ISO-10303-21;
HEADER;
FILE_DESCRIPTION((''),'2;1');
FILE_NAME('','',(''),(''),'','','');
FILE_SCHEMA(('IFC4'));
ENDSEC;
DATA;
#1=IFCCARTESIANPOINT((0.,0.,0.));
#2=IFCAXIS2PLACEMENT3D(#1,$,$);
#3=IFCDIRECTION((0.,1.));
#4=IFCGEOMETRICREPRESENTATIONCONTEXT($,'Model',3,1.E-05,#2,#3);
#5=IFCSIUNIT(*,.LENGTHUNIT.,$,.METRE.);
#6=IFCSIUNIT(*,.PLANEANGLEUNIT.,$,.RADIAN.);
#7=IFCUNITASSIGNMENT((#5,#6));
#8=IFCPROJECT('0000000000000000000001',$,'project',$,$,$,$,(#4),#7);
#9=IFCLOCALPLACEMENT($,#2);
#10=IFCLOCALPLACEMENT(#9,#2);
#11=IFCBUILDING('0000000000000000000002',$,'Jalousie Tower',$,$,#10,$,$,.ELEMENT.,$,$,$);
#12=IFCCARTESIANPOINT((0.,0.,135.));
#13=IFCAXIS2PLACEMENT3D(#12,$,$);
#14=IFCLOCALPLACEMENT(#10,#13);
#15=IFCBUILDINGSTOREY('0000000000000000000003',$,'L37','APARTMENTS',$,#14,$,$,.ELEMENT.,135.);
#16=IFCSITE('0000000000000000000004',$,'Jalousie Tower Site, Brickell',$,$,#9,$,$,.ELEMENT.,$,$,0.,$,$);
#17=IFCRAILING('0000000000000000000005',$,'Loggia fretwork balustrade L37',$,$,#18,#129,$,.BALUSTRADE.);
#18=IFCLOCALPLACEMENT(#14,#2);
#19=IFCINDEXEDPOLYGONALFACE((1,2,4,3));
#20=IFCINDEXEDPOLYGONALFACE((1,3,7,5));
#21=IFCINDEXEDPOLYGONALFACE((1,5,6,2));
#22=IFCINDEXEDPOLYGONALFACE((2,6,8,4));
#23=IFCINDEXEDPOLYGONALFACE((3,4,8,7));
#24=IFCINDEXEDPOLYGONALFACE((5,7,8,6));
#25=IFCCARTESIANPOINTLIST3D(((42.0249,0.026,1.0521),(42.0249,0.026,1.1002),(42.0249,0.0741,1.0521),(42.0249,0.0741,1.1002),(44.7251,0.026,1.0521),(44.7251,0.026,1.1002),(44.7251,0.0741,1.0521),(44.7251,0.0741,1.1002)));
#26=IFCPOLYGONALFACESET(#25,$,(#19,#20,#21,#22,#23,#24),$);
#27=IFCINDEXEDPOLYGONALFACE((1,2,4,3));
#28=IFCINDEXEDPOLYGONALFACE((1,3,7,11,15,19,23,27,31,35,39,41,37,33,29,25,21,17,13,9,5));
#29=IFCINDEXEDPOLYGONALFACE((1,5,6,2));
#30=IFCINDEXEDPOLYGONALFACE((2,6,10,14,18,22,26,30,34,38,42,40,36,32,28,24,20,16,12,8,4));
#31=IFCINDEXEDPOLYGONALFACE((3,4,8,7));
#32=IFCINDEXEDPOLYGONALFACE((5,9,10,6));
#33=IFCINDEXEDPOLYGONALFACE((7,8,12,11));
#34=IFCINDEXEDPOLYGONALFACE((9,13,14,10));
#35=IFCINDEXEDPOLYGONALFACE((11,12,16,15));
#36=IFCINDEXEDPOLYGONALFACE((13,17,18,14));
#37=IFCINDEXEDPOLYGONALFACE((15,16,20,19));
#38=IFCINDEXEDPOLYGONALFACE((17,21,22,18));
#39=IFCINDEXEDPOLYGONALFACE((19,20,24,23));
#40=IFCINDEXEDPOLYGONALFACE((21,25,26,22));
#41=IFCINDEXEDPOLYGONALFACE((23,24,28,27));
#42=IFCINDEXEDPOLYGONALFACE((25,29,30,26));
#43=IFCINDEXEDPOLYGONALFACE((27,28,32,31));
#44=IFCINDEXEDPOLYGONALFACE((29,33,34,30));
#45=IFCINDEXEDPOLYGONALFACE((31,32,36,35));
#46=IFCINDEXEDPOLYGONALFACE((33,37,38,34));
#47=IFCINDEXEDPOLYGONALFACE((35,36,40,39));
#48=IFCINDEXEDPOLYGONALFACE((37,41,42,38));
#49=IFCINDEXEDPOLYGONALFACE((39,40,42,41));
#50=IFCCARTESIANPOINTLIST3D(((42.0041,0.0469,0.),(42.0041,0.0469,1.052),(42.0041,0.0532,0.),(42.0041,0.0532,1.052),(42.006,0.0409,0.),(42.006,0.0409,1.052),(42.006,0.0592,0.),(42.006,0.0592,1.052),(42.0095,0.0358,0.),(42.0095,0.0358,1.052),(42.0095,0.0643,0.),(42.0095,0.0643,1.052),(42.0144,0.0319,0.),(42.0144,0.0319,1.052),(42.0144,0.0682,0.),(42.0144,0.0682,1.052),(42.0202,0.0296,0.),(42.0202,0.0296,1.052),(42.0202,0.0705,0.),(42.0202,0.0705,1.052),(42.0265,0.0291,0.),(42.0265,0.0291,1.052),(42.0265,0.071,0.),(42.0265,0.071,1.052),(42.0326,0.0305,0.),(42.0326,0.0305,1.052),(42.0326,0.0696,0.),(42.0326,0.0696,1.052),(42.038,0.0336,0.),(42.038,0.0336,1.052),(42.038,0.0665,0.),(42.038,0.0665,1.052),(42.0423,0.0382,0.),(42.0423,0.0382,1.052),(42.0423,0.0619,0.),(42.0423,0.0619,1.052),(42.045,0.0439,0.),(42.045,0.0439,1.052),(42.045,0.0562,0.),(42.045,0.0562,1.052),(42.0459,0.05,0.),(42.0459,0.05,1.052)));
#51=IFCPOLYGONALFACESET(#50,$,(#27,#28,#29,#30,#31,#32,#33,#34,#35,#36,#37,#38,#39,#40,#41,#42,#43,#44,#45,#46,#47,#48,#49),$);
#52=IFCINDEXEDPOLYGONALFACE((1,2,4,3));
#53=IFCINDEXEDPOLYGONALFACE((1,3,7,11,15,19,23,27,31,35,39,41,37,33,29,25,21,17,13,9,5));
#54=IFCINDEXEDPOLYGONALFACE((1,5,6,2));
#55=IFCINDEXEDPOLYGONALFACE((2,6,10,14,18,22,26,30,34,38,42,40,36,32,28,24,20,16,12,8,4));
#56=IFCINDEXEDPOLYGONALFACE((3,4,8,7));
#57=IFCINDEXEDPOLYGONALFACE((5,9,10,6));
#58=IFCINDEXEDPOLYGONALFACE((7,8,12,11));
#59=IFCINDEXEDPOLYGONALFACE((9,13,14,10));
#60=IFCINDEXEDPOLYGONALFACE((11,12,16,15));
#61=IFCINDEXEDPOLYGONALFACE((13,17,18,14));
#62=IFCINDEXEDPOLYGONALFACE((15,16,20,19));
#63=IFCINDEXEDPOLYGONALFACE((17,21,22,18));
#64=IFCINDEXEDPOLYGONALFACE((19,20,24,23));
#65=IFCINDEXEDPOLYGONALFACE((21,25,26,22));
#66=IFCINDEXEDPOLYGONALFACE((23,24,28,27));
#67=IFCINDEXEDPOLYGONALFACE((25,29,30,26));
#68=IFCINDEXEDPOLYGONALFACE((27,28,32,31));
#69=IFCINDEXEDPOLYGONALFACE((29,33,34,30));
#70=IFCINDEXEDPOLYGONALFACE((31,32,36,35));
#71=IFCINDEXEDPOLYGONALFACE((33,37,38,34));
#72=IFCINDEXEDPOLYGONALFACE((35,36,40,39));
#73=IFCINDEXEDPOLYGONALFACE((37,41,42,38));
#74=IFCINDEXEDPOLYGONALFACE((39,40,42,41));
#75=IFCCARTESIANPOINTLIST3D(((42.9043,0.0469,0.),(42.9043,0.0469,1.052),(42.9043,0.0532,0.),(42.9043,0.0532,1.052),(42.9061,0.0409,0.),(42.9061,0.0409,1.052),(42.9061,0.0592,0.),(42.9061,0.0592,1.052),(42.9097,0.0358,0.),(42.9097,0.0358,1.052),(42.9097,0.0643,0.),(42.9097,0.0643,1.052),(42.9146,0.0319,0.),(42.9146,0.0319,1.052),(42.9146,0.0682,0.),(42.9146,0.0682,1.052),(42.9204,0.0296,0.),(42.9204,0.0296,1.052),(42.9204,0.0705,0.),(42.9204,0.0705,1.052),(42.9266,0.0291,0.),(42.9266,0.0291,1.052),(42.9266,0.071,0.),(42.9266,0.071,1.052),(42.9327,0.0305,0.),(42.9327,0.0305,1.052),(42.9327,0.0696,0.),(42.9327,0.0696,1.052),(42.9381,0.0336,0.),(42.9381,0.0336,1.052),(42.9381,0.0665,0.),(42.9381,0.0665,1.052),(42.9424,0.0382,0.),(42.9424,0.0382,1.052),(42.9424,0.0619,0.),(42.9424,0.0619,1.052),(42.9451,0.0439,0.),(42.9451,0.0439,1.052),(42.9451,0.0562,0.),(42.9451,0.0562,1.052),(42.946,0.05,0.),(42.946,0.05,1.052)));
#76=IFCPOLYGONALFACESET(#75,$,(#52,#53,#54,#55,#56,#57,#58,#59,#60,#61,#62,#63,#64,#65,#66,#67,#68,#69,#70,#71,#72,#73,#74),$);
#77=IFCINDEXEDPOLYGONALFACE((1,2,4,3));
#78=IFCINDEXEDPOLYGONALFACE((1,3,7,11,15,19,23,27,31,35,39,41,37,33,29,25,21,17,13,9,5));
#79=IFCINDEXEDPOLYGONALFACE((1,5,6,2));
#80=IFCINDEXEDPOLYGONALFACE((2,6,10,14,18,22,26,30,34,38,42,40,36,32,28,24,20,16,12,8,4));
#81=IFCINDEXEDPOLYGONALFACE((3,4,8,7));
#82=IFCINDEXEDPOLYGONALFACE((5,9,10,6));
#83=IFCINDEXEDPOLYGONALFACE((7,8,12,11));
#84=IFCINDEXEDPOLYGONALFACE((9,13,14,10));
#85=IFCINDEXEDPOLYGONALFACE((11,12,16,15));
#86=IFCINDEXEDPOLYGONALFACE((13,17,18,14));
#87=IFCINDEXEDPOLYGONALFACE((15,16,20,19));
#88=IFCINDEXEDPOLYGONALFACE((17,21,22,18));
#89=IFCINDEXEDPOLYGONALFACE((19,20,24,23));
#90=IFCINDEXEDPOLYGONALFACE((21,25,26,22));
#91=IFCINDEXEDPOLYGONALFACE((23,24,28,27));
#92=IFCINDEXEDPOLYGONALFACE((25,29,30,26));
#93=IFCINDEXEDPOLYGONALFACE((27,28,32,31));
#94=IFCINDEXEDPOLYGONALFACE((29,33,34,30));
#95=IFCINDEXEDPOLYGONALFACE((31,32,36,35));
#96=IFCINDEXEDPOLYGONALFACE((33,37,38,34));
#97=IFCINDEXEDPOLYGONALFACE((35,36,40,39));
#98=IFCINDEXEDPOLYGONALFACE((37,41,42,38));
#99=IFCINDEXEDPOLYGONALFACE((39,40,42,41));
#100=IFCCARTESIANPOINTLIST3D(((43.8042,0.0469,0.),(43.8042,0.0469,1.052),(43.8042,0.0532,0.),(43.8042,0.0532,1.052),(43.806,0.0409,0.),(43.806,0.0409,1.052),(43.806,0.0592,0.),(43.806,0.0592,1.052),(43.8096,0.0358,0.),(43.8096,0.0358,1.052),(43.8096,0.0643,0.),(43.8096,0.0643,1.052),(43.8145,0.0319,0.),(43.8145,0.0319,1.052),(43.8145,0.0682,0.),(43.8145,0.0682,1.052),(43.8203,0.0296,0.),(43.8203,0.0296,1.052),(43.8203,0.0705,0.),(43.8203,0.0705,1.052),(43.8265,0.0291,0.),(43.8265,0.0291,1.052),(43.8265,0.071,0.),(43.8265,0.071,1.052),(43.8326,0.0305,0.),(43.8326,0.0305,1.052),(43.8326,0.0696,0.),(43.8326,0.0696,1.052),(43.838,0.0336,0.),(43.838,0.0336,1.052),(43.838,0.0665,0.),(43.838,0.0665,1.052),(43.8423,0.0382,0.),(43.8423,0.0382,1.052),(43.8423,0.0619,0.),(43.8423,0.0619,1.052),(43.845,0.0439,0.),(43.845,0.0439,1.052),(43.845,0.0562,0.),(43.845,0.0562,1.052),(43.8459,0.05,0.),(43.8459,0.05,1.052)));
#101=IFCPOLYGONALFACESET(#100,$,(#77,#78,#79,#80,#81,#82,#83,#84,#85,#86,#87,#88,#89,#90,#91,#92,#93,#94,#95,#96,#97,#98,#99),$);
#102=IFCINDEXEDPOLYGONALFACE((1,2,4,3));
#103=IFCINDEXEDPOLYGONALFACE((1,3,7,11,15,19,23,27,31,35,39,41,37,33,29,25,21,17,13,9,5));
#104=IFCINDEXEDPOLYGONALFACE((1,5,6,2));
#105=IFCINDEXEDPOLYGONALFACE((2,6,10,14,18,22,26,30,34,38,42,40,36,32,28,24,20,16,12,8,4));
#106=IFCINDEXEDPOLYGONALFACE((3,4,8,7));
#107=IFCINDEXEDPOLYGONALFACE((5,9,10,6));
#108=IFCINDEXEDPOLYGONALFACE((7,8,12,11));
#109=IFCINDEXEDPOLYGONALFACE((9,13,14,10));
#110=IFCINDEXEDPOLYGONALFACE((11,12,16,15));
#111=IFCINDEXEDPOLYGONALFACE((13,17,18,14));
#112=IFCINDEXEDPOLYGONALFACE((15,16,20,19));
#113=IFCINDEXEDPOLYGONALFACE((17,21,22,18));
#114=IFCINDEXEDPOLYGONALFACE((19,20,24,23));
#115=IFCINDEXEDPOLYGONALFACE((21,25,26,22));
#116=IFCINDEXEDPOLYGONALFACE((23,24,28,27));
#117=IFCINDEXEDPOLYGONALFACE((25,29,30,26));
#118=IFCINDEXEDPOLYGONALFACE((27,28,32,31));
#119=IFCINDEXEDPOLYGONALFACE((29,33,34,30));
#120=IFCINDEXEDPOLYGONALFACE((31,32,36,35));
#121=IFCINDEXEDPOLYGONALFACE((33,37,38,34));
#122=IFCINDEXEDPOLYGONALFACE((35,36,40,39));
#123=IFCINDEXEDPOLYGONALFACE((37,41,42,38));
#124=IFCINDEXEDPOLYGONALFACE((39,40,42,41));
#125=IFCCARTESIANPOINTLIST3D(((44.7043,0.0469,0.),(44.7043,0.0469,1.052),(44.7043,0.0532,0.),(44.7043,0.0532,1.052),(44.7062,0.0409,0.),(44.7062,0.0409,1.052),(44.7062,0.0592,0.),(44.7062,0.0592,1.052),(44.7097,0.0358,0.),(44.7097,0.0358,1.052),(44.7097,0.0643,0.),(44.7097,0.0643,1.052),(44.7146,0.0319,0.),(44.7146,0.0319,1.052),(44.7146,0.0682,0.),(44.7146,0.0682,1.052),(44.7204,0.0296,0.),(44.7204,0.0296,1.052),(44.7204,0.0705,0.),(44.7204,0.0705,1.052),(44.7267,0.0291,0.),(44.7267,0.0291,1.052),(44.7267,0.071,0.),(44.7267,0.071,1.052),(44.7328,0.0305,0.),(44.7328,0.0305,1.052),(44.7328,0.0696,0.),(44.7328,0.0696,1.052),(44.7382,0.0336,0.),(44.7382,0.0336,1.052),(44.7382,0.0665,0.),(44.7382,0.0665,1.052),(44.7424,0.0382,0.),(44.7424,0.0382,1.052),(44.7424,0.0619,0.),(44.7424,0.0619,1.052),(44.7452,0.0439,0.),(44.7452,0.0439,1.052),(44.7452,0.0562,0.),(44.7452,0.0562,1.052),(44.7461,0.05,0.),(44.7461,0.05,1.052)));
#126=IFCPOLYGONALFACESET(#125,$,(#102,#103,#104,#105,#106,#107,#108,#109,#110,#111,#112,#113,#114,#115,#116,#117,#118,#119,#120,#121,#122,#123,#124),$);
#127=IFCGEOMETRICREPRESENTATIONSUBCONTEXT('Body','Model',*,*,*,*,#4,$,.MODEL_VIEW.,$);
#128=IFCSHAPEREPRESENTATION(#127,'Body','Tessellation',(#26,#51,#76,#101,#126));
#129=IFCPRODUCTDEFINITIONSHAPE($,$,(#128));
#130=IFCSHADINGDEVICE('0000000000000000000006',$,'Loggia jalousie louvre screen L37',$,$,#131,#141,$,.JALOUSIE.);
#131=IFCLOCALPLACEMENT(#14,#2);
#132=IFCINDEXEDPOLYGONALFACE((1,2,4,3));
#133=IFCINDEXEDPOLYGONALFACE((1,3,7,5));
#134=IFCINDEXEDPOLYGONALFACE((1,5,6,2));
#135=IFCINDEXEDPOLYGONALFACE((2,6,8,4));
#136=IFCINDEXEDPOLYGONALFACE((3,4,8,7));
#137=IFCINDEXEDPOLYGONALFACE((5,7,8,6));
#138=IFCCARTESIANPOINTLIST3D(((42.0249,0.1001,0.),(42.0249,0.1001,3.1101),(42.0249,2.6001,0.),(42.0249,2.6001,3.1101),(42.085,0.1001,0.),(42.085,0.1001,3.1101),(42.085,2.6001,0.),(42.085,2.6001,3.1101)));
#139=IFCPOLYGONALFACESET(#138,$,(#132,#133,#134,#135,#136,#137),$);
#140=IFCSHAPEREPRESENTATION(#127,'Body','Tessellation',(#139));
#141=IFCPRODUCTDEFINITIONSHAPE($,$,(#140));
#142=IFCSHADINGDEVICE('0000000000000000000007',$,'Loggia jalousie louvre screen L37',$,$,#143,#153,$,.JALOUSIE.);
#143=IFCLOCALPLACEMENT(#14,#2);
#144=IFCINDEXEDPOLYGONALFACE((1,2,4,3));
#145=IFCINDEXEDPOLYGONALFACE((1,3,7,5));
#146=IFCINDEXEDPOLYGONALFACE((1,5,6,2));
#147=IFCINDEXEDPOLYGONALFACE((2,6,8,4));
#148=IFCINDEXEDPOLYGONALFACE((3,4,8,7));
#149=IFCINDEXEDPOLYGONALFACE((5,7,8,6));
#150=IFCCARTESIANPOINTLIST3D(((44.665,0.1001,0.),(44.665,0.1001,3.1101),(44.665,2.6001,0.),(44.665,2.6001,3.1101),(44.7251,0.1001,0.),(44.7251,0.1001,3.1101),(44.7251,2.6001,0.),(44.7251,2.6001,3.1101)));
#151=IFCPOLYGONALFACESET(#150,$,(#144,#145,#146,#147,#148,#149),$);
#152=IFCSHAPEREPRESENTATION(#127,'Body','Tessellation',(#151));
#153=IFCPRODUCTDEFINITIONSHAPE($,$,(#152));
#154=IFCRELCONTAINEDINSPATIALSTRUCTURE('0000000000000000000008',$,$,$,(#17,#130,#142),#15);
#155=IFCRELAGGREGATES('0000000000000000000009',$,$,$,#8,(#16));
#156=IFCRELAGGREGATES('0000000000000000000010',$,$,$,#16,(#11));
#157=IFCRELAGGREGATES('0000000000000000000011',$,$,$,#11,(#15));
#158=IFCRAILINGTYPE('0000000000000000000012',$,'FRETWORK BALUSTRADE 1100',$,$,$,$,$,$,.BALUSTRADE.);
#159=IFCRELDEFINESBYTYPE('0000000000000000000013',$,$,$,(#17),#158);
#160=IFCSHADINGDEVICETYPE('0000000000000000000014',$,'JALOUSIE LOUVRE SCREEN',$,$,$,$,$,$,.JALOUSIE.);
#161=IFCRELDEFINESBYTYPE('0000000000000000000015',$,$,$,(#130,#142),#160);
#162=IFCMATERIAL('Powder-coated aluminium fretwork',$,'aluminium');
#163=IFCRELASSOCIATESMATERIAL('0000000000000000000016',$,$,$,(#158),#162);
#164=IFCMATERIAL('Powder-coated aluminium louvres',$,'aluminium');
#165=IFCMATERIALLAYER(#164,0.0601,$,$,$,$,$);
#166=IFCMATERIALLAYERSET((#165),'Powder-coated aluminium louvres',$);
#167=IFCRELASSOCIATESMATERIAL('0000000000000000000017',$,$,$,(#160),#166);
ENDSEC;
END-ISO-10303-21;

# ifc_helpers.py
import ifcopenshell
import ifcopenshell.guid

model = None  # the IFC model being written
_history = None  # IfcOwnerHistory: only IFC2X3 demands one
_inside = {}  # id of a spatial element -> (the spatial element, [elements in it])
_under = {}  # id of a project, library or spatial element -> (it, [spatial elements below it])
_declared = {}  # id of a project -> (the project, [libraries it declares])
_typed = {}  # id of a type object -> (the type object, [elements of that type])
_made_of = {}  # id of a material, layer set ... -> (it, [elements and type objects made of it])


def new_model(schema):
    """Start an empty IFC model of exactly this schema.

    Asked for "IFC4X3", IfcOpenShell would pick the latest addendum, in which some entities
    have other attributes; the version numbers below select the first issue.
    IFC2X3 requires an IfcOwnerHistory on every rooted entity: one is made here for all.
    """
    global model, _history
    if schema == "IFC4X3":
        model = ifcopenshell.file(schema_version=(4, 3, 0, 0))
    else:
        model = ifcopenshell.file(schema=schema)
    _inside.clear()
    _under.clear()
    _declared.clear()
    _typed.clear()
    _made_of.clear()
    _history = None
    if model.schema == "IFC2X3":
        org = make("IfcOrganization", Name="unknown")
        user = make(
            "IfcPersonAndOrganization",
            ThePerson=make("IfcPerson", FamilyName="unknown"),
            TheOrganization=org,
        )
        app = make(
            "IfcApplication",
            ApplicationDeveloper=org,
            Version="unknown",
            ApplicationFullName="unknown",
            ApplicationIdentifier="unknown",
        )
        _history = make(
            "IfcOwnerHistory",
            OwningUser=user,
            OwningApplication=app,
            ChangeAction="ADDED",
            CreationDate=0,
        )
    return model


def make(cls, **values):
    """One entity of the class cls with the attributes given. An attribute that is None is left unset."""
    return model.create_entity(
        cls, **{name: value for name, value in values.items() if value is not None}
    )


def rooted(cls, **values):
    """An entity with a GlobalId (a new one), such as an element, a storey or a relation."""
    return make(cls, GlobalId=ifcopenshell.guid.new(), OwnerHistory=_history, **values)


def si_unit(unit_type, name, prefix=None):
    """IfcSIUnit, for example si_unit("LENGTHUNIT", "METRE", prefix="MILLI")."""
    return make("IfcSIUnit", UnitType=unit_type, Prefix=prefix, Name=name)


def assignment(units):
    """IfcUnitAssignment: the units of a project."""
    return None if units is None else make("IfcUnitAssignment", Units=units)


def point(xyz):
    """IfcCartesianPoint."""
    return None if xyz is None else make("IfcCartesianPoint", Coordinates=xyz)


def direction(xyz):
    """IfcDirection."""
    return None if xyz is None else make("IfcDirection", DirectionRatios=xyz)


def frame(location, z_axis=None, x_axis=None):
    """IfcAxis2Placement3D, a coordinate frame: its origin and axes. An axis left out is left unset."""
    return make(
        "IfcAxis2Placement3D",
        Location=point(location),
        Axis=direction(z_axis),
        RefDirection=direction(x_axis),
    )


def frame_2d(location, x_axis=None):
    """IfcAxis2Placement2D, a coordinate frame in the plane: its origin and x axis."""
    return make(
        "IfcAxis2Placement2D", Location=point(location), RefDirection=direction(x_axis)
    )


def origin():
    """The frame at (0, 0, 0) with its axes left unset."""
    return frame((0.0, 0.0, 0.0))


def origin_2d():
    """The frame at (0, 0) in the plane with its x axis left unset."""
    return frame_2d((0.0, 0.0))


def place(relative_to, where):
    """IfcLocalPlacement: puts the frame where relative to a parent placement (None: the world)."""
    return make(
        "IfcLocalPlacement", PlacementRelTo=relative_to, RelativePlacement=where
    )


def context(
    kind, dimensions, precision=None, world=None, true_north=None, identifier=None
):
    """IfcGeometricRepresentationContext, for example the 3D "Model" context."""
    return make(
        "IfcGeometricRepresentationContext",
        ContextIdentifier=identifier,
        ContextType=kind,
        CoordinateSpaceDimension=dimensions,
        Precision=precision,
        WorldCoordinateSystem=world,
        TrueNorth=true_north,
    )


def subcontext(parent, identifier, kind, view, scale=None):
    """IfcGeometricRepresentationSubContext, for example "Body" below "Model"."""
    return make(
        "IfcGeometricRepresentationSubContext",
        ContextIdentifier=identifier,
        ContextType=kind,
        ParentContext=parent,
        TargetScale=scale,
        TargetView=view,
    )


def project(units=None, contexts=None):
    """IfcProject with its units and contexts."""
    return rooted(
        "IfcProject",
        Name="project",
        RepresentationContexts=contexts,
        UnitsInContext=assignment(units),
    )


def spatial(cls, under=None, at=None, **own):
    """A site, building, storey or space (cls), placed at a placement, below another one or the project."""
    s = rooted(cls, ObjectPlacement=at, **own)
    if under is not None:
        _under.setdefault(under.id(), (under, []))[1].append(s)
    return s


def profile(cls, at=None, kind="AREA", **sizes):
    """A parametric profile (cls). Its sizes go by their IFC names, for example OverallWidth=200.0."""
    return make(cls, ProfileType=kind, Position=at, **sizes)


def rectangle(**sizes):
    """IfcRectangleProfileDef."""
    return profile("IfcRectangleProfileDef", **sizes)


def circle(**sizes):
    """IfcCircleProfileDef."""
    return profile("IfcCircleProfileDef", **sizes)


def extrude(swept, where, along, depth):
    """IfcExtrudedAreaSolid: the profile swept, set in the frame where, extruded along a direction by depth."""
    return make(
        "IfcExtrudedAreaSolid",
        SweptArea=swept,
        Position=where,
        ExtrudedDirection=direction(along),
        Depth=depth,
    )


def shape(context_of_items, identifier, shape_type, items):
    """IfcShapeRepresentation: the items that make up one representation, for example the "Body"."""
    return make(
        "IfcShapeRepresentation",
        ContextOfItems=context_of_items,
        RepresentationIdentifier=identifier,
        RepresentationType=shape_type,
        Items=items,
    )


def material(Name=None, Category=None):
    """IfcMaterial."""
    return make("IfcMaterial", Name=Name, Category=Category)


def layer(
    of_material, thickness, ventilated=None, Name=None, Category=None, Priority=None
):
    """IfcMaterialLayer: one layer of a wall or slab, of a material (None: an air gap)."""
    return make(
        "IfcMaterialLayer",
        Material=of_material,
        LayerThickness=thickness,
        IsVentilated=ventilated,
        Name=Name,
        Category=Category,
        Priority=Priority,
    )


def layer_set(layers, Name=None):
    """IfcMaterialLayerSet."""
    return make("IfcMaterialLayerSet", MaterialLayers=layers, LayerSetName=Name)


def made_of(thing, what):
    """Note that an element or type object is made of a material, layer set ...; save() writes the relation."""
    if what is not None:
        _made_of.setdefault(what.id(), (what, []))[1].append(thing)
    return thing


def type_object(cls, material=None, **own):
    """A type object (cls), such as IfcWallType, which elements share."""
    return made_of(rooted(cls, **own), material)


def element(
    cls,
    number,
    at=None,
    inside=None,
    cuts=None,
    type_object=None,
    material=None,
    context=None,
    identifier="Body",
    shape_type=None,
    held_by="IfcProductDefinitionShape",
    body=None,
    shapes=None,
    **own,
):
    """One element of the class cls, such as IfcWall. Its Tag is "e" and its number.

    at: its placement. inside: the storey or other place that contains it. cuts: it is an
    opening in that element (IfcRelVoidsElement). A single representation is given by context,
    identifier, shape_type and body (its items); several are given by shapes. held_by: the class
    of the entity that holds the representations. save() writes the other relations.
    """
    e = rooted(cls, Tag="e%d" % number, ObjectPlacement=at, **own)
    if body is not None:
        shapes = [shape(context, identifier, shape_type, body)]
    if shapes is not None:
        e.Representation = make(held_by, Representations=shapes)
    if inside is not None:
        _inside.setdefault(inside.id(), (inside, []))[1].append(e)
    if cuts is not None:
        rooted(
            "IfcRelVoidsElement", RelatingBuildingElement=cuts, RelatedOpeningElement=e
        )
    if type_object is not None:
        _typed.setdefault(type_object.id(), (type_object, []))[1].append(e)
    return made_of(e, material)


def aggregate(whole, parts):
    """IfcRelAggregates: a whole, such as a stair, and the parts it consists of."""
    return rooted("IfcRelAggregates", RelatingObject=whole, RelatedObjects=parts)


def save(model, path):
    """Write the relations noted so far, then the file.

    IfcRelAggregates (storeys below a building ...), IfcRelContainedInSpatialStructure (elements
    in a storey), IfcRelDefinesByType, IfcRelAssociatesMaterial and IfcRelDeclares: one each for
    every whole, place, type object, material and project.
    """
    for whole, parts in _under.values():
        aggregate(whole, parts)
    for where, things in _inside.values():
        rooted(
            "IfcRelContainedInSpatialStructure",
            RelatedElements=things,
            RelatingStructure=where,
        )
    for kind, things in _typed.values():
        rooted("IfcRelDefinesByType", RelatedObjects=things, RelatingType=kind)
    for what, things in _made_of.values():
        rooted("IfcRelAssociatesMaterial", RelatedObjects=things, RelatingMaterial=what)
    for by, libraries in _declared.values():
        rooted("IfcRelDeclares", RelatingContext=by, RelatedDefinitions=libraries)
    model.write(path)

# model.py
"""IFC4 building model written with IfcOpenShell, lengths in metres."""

from ifc_helpers import new_model, si_unit, direction, frame, origin, origin_2d, place, context, subcontext, project, spatial, rectangle, circle, extrude, material, layer, layer_set, type_object, element, save


model = new_model("IFC4")

# Units and contexts
model_context = context("Model", 3, precision=1e-05, world=origin(), true_north=direction((0.0, 1.0)))
body_context = subcontext(model_context, "Body", "Model", "MODEL_VIEW")
ifc_project = project(units=[si_unit("LENGTHUNIT", "METRE"), si_unit("PLANEANGLEUNIT", "RADIAN")], contexts=[model_context])

# Site, building, storey
site_placement = place(None, origin())
site = spatial("IfcSite", under=ifc_project, at=site_placement, Name="Jalousie Tower Site, Brickell", CompositionType="ELEMENT", RefElevation=0.0)
building_placement = place(site_placement, origin())
building = spatial("IfcBuilding", under=site, at=building_placement, Name="Jalousie Tower", CompositionType="ELEMENT")
storey_placement = place(building_placement, frame((0.0, 0.0, 135.0)))
storey = spatial("IfcBuildingStorey", under=building, at=storey_placement, Name="L37", Description="APARTMENTS", CompositionType="ELEMENT", Elevation=135.0)

# Railing
ifc_material_1 = material(Name="Powder-coated aluminium fretwork", Category="aluminium")
railing_type = type_object("IfcRailingType", Name="FRETWORK BALUSTRADE 1100", PredefinedType="BALUSTRADE", material=ifc_material_1)
railing_placement = place(storey_placement, frame((42.0249, 0.05, 0.0)))
element("IfcRailing", 1, at=railing_placement, inside=storey, type_object=railing_type, Name="Loggia fretwork balustrade L37", PredefinedType="BALUSTRADE", context=body_context, shape_type="SweptSolid", body=[
    extrude(rectangle(XDim=0.0481, YDim=0.0481, at=origin_2d()), frame((0.0, 0.0, 1.0762), z_axis=(1.0, 0.0, 0.0), x_axis=(0.0, 1.0, 0.0)), (0.0, 0.0, 1.0), 2.7002),
    extrude(circle(Radius=0.021, at=origin_2d()), origin(), (0.0, 0.0, 1.0), 1.052),
    extrude(circle(Radius=0.021, at=origin_2d()), frame((0.9001, 0.0, 0.0)), (0.0, 0.0, 1.0), 1.052),
    extrude(circle(Radius=0.021, at=origin_2d()), frame((1.8, 0.0, 0.0)), (0.0, 0.0, 1.0), 1.052),
    extrude(circle(Radius=0.021, at=origin_2d()), frame((2.7002, 0.0, 0.0)), (0.0, 0.0, 1.0), 1.052),
])

# Shading devices
ifc_material_2 = material(Name="Powder-coated aluminium louvres", Category="aluminium")
ifc_layer_1 = layer(ifc_material_2, 0.0601)
ifc_layer_set_1 = layer_set([ifc_layer_1], Name="Powder-coated aluminium louvres")
shading_device_type_1 = type_object("IfcShadingDeviceType", Name="JALOUSIE LOUVRE SCREEN", PredefinedType="JALOUSIE", material=ifc_layer_set_1)
for number, where, z_axis, x_axis, name in (
    (2, (42.0549, 1.3501, 0.0), (0.0, 0.0, 1.0), (1.0, 0.0, 0.0), "Loggia jalousie louvre screen L37"),
    (3, (44.6951, 1.3501, 0.0), (0.0, 0.0, 1.0), (1.0, 0.0, 0.0), "Loggia jalousie louvre screen L37"),
):
    element("IfcShadingDevice", number, at=place(storey_placement, frame(where, z_axis=z_axis, x_axis=x_axis)), inside=storey, type_object=shading_device_type_1, Name=name, PredefinedType="JALOUSIE", context=body_context, shape_type="SweptSolid", body=[
        extrude(rectangle(XDim=0.0601, YDim=2.5, at=origin_2d()), origin(), (0.0, 0.0, 1.0), 3.1101),
    ])

save(model, "model.ifc")
